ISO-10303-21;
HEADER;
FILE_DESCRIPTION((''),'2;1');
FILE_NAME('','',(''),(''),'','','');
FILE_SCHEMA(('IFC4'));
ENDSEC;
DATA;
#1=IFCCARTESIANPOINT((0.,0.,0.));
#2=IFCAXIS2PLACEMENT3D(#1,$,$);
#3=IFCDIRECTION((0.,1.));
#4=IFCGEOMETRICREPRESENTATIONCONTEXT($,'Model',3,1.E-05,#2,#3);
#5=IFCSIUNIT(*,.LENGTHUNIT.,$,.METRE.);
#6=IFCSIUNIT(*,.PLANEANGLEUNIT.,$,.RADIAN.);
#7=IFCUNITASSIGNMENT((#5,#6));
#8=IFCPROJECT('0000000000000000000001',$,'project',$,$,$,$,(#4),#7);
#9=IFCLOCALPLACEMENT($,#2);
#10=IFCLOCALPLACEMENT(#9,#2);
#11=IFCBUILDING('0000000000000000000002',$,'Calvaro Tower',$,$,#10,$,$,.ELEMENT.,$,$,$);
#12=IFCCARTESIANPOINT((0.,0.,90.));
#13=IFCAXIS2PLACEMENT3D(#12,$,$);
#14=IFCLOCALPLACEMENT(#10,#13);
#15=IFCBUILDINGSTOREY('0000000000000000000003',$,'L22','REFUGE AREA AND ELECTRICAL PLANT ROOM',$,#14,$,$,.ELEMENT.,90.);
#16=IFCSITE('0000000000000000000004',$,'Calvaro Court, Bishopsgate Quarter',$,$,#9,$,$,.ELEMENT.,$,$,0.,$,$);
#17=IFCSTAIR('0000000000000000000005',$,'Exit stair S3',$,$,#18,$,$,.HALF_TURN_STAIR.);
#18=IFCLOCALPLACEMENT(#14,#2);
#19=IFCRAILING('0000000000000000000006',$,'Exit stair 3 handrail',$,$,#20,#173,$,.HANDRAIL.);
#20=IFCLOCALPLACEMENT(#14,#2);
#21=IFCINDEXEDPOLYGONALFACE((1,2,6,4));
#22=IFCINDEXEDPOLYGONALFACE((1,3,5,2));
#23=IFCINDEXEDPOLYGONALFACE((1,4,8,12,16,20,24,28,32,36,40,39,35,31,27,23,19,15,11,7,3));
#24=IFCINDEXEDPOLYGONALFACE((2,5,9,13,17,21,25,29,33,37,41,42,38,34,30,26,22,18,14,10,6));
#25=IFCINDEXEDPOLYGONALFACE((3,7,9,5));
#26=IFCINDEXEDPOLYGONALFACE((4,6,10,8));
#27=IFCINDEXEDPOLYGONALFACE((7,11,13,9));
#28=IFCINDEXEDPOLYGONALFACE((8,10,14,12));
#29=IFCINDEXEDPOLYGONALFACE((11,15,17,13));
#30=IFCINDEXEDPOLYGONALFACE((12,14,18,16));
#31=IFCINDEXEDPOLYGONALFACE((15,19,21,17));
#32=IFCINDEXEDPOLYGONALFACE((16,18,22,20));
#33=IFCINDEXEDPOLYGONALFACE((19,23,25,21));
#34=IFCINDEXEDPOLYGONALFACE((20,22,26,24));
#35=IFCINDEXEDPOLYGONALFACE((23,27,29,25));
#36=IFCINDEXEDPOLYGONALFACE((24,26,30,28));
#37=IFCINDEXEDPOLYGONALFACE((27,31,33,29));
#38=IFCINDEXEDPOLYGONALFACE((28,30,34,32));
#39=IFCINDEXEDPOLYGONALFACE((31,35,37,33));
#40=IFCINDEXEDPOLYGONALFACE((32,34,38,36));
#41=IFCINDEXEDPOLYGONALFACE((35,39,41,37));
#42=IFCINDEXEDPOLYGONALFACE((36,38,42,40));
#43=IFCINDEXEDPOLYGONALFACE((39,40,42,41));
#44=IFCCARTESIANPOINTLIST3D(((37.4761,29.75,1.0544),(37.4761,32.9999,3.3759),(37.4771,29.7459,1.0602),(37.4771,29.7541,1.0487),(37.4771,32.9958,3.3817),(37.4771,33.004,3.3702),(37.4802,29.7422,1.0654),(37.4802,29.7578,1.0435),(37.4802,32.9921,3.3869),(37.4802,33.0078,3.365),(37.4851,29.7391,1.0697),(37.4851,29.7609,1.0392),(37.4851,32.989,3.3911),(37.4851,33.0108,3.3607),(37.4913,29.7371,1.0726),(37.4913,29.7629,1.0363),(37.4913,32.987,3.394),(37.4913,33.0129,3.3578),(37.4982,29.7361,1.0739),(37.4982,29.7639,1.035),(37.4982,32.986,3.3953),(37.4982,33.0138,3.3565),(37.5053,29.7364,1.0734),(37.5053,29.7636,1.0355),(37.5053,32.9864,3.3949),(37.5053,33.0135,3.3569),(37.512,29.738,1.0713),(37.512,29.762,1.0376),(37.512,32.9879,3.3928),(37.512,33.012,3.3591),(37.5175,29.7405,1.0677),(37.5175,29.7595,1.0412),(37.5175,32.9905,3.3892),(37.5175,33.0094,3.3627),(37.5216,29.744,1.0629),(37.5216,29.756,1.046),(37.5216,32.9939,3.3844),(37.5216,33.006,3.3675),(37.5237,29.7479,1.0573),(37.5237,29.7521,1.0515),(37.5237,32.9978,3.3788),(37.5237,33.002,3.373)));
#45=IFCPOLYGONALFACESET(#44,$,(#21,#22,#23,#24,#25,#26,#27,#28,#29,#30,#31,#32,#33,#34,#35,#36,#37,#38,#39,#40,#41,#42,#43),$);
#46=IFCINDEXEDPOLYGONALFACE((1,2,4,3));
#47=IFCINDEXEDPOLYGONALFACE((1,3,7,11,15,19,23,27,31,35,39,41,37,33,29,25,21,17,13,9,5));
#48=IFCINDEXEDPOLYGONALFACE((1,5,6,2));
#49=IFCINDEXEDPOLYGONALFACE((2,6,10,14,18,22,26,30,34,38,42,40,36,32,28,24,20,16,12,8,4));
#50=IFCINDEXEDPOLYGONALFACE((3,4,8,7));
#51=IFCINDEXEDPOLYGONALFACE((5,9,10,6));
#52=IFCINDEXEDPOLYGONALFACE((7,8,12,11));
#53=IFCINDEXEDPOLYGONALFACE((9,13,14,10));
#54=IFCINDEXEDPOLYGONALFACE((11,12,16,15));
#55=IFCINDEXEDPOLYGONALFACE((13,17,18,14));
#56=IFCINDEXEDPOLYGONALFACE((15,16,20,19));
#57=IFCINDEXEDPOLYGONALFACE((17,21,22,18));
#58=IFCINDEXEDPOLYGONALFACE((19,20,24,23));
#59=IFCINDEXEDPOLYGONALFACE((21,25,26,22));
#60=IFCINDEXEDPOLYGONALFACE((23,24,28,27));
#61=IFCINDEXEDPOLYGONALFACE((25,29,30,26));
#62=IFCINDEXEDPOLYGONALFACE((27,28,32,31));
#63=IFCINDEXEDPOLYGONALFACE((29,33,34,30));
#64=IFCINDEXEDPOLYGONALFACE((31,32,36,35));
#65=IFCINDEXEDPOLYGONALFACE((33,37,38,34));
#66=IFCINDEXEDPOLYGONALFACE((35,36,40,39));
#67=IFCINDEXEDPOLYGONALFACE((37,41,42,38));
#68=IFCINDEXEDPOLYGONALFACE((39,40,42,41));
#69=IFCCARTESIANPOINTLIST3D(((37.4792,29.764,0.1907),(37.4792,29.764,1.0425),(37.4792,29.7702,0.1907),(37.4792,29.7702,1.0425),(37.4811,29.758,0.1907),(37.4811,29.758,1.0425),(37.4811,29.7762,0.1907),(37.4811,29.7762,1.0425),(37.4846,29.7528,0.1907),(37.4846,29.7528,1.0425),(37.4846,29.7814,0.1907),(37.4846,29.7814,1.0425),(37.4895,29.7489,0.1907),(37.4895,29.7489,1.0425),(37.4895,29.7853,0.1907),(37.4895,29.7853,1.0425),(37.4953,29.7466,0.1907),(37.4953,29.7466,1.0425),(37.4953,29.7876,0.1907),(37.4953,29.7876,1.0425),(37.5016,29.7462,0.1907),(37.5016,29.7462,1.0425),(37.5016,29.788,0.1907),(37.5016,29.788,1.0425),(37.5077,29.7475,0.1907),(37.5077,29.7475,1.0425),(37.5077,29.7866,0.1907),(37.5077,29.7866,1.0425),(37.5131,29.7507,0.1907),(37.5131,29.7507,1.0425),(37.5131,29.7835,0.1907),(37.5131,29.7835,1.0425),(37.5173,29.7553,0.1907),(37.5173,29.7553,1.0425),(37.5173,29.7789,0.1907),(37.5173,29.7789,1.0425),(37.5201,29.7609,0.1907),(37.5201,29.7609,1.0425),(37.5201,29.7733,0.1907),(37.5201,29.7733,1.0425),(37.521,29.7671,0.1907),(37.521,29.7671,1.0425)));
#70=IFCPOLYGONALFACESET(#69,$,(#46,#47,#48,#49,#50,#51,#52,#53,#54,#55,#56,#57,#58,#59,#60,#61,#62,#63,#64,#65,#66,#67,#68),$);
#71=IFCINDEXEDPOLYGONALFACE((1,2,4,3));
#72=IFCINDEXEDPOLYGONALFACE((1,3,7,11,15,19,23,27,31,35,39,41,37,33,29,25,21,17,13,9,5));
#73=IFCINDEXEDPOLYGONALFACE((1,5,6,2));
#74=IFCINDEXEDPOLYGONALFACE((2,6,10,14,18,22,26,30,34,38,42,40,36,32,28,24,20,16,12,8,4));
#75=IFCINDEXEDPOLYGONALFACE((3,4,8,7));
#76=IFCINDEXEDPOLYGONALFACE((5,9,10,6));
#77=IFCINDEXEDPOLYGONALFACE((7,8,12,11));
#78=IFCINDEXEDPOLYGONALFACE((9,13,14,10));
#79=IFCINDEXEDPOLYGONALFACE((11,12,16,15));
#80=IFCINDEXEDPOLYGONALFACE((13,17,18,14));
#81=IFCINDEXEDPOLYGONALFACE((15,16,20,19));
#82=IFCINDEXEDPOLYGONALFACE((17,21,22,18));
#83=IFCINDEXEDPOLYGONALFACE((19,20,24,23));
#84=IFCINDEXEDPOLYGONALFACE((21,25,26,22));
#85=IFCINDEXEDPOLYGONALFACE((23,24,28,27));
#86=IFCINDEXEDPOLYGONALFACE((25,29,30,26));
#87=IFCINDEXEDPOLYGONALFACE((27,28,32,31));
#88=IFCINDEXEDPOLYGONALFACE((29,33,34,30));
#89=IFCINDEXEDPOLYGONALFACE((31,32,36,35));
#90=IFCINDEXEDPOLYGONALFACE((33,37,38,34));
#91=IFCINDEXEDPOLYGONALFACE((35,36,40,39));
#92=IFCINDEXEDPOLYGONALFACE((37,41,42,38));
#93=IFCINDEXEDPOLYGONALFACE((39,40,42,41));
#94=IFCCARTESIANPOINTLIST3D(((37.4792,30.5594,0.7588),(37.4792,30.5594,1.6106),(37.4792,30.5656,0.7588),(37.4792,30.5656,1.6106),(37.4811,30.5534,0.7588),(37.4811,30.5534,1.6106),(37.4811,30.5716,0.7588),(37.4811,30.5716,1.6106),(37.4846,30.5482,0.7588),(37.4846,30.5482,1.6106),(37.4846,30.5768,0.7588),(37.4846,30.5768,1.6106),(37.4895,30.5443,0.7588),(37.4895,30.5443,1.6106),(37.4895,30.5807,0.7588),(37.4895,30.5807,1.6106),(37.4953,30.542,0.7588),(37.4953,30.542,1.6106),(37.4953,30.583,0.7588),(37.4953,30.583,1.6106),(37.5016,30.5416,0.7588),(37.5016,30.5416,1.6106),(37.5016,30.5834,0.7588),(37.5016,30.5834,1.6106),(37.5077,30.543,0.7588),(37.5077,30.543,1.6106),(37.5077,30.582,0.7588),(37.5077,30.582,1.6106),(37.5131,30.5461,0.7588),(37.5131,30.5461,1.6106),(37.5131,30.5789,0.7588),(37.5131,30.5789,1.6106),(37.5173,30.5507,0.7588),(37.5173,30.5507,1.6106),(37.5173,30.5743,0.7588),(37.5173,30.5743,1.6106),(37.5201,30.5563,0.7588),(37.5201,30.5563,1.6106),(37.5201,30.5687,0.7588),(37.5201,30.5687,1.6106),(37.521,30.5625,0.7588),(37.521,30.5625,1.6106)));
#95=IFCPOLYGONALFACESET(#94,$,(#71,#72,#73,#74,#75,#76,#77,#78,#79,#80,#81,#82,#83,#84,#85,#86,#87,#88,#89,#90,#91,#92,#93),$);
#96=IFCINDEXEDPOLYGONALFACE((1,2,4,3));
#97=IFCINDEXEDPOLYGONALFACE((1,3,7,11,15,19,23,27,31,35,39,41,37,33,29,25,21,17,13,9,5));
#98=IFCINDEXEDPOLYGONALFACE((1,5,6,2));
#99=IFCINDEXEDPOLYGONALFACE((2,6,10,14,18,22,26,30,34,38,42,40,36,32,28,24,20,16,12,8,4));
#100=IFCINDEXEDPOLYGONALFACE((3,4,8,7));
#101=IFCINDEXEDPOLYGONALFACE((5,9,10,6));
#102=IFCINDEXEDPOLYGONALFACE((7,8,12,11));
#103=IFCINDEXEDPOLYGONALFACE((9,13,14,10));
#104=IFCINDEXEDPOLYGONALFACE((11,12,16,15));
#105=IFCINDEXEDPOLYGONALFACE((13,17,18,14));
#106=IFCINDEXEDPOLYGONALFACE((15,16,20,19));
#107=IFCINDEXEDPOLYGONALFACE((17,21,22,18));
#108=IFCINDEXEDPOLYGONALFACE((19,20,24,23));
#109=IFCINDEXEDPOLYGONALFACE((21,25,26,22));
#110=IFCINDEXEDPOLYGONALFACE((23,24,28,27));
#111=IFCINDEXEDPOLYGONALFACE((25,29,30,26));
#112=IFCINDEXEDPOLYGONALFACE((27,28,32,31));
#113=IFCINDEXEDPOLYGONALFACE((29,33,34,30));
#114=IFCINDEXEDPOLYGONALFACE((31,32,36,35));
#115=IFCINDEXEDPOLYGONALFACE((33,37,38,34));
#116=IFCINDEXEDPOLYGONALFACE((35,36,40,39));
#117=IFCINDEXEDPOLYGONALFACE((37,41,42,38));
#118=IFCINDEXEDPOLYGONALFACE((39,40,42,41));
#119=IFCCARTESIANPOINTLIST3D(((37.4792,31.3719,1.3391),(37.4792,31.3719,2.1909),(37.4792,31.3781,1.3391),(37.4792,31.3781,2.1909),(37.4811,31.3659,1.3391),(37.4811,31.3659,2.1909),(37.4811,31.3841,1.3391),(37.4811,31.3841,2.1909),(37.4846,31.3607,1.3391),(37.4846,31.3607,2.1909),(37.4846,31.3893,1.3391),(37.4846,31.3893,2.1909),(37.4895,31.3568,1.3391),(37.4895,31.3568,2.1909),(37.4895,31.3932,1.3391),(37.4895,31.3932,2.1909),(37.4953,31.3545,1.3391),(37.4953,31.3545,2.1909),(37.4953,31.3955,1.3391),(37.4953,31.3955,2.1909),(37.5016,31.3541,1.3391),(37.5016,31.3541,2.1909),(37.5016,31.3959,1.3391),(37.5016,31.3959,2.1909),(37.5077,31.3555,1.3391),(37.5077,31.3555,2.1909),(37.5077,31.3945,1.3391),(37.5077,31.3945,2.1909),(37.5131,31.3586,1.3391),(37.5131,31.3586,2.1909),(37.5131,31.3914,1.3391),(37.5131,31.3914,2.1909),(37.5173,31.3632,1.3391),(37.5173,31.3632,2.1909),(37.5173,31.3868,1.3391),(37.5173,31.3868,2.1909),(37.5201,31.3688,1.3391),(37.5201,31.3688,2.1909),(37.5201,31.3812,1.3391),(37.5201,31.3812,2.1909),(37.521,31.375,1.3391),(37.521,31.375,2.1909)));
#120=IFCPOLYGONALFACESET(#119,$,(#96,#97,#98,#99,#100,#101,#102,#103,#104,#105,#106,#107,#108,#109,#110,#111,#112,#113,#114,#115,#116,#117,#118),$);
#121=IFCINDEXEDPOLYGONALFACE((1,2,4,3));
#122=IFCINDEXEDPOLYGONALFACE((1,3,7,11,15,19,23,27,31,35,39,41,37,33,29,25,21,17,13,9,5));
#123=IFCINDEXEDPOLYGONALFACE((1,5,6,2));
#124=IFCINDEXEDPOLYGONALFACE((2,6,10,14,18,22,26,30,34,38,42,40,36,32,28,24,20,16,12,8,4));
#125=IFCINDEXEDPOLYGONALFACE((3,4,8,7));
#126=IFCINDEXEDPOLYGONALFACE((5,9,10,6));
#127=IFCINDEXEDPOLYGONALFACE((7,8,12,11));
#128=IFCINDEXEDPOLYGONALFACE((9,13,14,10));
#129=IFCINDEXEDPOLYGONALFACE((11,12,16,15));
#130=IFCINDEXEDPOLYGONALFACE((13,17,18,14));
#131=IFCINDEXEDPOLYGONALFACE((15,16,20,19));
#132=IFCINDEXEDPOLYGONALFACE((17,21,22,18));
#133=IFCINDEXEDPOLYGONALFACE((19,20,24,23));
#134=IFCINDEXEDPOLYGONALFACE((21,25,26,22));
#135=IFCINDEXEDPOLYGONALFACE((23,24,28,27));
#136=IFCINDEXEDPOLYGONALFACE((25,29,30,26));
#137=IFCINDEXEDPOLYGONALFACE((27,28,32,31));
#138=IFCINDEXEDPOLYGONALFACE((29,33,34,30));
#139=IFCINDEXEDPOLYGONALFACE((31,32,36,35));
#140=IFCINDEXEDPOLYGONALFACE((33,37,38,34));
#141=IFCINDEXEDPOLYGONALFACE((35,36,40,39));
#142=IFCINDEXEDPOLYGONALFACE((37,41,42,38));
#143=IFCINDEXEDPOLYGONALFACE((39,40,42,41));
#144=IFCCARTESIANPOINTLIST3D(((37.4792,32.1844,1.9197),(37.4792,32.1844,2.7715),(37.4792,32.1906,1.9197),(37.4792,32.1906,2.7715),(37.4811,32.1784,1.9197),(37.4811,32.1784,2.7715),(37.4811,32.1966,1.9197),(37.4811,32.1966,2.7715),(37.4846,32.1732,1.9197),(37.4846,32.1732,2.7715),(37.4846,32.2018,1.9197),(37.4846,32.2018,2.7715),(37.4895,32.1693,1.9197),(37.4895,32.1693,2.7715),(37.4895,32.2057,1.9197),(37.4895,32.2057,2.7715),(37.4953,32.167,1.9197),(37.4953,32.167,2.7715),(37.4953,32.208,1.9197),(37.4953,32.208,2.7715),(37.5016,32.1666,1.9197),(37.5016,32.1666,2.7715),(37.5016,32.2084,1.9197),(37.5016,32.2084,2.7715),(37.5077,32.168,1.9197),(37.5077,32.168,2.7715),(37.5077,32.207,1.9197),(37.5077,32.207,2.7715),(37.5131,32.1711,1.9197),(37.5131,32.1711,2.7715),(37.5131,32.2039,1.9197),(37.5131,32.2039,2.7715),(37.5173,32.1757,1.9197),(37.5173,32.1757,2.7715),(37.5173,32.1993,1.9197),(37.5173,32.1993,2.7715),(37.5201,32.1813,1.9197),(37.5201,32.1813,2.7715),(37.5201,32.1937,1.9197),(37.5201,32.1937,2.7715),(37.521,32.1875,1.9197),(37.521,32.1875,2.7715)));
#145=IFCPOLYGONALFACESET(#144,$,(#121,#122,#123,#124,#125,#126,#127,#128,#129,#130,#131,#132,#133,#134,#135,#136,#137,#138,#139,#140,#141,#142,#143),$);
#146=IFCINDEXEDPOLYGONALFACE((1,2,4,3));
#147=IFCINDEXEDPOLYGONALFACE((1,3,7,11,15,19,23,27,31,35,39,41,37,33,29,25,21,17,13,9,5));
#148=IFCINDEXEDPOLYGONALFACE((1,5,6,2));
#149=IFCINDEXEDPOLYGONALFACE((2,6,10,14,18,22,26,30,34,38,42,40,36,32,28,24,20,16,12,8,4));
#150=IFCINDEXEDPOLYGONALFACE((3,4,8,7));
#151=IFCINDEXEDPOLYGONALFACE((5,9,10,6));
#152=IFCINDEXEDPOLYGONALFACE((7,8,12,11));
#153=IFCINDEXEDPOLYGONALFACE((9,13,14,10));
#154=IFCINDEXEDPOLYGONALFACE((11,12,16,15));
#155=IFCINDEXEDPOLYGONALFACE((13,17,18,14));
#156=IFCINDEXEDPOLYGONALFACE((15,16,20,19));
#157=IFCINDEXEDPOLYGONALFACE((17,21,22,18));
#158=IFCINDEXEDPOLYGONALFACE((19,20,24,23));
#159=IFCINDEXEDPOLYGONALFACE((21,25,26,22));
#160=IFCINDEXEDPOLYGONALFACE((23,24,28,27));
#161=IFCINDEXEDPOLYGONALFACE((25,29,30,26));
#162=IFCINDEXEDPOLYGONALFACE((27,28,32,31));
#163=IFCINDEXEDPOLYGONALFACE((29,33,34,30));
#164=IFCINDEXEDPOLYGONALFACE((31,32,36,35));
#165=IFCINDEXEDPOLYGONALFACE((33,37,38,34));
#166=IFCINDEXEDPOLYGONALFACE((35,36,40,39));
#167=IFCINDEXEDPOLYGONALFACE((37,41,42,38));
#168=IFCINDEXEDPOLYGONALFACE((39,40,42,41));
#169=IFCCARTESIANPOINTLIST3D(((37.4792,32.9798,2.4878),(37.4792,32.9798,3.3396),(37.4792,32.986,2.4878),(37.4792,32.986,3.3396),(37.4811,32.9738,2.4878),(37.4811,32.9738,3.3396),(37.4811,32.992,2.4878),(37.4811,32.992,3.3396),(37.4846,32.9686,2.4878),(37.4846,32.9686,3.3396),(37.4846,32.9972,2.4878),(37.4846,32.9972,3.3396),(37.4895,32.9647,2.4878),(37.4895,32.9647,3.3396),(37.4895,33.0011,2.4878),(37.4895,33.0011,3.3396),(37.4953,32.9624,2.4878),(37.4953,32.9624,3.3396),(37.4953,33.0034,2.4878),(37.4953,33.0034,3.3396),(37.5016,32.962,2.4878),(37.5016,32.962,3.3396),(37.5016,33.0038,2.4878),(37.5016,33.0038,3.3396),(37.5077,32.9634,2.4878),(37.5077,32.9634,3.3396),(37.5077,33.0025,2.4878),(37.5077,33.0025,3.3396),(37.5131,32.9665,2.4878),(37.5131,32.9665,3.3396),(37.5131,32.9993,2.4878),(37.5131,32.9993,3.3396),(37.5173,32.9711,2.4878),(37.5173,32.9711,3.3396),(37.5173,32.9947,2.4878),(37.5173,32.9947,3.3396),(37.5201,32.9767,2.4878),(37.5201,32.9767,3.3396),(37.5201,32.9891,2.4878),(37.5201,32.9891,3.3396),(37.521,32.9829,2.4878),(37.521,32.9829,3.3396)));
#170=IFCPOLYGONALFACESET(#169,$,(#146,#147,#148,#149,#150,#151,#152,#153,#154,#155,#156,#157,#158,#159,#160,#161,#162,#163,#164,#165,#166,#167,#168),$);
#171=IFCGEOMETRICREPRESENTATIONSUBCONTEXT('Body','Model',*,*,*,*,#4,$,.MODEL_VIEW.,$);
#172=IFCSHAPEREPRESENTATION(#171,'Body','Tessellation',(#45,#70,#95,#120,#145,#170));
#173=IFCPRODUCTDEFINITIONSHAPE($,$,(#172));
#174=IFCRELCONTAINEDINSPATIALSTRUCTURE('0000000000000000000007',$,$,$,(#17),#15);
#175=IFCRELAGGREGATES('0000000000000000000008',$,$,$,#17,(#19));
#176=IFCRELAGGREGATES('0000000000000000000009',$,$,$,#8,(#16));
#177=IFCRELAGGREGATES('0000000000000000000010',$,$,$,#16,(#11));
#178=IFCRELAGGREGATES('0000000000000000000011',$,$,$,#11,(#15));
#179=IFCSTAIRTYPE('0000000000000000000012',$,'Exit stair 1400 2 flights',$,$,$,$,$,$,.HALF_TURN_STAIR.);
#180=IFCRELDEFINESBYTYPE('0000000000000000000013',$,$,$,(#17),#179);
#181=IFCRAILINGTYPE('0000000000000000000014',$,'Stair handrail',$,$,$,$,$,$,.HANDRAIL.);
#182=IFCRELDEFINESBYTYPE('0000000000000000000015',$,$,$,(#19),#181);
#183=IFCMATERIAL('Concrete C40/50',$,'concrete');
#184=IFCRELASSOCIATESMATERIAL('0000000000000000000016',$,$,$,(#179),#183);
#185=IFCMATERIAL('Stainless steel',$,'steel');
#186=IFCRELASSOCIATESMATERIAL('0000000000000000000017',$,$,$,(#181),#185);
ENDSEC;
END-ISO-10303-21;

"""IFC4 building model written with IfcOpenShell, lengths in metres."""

from ifc_helpers import new_model, si_unit, direction, frame, origin, origin_2d, place, context, subcontext, project, spatial, circle, extrude, material, type_object, element, aggregate, save


model = new_model("IFC4")

# Units and contexts
model_context = context("Model", 3, precision=1e-05, world=origin(), true_north=direction((0.0, 1.0)))
body_context = subcontext(model_context, "Body", "Model", "MODEL_VIEW")
ifc_project = project(units=[si_unit("LENGTHUNIT", "METRE"), si_unit("PLANEANGLEUNIT", "RADIAN")], contexts=[model_context])

# Site, building, storey
site_placement = place(None, origin())
site = spatial("IfcSite", under=ifc_project, at=site_placement, Name="Calvaro Court, Bishopsgate Quarter", CompositionType="ELEMENT", RefElevation=0.0)
building_placement = place(site_placement, origin())
building = spatial("IfcBuilding", under=site, at=building_placement, Name="Calvaro Tower", CompositionType="ELEMENT")
storey_placement = place(building_placement, frame((0.0, 0.0, 90.0)))
storey = spatial("IfcBuildingStorey", under=building, at=storey_placement, Name="L22", Description="REFUGE AREA AND ELECTRICAL PLANT ROOM", CompositionType="ELEMENT", Elevation=90.0)

# Stair
ifc_material_1 = material(Name="Concrete C40/50", Category="concrete")
stair_type = type_object("IfcStairType", Name="Exit stair 1400 2 flights", PredefinedType="HALF_TURN_STAIR", material=ifc_material_1)
stair_1_placement = place(storey_placement, origin())
stair_1 = element("IfcStair", 1, at=stair_1_placement, inside=storey, type_object=stair_type, Name="Exit stair S3", PredefinedType="HALF_TURN_STAIR")

# Railing
ifc_material_2 = material(Name="Stainless steel", Category="steel")
railing_type = type_object("IfcRailingType", Name="Stair handrail", PredefinedType="HANDRAIL", material=ifc_material_2)
railing_1_placement = place(storey_placement, frame((37.5, 29.75, 0.1785)))
railing_1 = element("IfcRailing", 2, at=railing_1_placement, type_object=railing_type, Name="Exit stair 3 handrail", PredefinedType="HANDRAIL", context=body_context, shape_type="SweptSolid", body=[
    extrude(circle(Radius=0.0239, at=origin_2d()), frame((0.0, 0.0, 0.876), z_axis=(0.0, 0.813721, 0.581256), x_axis=(-1.0, 0.0, 0.0)), (0.0, 0.0, 1.0), 3.9939),
    extrude(circle(Radius=0.021, at=origin_2d()), frame((0.0, 0.0171, 0.0122)), (0.0, 0.0, 1.0), 0.8518),
    extrude(circle(Radius=0.021, at=origin_2d()), frame((0.0, 0.8125, 0.5803)), (0.0, 0.0, 1.0), 0.8518),
    extrude(circle(Radius=0.021, at=origin_2d()), frame((0.0, 1.625, 1.1606)), (0.0, 0.0, 1.0), 0.8518),
    extrude(circle(Radius=0.021, at=origin_2d()), frame((0.0, 2.4375, 1.7412)), (0.0, 0.0, 1.0), 0.8518),
    extrude(circle(Radius=0.021, at=origin_2d()), frame((0.0, 3.2329, 2.3093)), (0.0, 0.0, 1.0), 0.8518),
])
aggregate(stair_1, [railing_1])

save(model, "model.ifc")
